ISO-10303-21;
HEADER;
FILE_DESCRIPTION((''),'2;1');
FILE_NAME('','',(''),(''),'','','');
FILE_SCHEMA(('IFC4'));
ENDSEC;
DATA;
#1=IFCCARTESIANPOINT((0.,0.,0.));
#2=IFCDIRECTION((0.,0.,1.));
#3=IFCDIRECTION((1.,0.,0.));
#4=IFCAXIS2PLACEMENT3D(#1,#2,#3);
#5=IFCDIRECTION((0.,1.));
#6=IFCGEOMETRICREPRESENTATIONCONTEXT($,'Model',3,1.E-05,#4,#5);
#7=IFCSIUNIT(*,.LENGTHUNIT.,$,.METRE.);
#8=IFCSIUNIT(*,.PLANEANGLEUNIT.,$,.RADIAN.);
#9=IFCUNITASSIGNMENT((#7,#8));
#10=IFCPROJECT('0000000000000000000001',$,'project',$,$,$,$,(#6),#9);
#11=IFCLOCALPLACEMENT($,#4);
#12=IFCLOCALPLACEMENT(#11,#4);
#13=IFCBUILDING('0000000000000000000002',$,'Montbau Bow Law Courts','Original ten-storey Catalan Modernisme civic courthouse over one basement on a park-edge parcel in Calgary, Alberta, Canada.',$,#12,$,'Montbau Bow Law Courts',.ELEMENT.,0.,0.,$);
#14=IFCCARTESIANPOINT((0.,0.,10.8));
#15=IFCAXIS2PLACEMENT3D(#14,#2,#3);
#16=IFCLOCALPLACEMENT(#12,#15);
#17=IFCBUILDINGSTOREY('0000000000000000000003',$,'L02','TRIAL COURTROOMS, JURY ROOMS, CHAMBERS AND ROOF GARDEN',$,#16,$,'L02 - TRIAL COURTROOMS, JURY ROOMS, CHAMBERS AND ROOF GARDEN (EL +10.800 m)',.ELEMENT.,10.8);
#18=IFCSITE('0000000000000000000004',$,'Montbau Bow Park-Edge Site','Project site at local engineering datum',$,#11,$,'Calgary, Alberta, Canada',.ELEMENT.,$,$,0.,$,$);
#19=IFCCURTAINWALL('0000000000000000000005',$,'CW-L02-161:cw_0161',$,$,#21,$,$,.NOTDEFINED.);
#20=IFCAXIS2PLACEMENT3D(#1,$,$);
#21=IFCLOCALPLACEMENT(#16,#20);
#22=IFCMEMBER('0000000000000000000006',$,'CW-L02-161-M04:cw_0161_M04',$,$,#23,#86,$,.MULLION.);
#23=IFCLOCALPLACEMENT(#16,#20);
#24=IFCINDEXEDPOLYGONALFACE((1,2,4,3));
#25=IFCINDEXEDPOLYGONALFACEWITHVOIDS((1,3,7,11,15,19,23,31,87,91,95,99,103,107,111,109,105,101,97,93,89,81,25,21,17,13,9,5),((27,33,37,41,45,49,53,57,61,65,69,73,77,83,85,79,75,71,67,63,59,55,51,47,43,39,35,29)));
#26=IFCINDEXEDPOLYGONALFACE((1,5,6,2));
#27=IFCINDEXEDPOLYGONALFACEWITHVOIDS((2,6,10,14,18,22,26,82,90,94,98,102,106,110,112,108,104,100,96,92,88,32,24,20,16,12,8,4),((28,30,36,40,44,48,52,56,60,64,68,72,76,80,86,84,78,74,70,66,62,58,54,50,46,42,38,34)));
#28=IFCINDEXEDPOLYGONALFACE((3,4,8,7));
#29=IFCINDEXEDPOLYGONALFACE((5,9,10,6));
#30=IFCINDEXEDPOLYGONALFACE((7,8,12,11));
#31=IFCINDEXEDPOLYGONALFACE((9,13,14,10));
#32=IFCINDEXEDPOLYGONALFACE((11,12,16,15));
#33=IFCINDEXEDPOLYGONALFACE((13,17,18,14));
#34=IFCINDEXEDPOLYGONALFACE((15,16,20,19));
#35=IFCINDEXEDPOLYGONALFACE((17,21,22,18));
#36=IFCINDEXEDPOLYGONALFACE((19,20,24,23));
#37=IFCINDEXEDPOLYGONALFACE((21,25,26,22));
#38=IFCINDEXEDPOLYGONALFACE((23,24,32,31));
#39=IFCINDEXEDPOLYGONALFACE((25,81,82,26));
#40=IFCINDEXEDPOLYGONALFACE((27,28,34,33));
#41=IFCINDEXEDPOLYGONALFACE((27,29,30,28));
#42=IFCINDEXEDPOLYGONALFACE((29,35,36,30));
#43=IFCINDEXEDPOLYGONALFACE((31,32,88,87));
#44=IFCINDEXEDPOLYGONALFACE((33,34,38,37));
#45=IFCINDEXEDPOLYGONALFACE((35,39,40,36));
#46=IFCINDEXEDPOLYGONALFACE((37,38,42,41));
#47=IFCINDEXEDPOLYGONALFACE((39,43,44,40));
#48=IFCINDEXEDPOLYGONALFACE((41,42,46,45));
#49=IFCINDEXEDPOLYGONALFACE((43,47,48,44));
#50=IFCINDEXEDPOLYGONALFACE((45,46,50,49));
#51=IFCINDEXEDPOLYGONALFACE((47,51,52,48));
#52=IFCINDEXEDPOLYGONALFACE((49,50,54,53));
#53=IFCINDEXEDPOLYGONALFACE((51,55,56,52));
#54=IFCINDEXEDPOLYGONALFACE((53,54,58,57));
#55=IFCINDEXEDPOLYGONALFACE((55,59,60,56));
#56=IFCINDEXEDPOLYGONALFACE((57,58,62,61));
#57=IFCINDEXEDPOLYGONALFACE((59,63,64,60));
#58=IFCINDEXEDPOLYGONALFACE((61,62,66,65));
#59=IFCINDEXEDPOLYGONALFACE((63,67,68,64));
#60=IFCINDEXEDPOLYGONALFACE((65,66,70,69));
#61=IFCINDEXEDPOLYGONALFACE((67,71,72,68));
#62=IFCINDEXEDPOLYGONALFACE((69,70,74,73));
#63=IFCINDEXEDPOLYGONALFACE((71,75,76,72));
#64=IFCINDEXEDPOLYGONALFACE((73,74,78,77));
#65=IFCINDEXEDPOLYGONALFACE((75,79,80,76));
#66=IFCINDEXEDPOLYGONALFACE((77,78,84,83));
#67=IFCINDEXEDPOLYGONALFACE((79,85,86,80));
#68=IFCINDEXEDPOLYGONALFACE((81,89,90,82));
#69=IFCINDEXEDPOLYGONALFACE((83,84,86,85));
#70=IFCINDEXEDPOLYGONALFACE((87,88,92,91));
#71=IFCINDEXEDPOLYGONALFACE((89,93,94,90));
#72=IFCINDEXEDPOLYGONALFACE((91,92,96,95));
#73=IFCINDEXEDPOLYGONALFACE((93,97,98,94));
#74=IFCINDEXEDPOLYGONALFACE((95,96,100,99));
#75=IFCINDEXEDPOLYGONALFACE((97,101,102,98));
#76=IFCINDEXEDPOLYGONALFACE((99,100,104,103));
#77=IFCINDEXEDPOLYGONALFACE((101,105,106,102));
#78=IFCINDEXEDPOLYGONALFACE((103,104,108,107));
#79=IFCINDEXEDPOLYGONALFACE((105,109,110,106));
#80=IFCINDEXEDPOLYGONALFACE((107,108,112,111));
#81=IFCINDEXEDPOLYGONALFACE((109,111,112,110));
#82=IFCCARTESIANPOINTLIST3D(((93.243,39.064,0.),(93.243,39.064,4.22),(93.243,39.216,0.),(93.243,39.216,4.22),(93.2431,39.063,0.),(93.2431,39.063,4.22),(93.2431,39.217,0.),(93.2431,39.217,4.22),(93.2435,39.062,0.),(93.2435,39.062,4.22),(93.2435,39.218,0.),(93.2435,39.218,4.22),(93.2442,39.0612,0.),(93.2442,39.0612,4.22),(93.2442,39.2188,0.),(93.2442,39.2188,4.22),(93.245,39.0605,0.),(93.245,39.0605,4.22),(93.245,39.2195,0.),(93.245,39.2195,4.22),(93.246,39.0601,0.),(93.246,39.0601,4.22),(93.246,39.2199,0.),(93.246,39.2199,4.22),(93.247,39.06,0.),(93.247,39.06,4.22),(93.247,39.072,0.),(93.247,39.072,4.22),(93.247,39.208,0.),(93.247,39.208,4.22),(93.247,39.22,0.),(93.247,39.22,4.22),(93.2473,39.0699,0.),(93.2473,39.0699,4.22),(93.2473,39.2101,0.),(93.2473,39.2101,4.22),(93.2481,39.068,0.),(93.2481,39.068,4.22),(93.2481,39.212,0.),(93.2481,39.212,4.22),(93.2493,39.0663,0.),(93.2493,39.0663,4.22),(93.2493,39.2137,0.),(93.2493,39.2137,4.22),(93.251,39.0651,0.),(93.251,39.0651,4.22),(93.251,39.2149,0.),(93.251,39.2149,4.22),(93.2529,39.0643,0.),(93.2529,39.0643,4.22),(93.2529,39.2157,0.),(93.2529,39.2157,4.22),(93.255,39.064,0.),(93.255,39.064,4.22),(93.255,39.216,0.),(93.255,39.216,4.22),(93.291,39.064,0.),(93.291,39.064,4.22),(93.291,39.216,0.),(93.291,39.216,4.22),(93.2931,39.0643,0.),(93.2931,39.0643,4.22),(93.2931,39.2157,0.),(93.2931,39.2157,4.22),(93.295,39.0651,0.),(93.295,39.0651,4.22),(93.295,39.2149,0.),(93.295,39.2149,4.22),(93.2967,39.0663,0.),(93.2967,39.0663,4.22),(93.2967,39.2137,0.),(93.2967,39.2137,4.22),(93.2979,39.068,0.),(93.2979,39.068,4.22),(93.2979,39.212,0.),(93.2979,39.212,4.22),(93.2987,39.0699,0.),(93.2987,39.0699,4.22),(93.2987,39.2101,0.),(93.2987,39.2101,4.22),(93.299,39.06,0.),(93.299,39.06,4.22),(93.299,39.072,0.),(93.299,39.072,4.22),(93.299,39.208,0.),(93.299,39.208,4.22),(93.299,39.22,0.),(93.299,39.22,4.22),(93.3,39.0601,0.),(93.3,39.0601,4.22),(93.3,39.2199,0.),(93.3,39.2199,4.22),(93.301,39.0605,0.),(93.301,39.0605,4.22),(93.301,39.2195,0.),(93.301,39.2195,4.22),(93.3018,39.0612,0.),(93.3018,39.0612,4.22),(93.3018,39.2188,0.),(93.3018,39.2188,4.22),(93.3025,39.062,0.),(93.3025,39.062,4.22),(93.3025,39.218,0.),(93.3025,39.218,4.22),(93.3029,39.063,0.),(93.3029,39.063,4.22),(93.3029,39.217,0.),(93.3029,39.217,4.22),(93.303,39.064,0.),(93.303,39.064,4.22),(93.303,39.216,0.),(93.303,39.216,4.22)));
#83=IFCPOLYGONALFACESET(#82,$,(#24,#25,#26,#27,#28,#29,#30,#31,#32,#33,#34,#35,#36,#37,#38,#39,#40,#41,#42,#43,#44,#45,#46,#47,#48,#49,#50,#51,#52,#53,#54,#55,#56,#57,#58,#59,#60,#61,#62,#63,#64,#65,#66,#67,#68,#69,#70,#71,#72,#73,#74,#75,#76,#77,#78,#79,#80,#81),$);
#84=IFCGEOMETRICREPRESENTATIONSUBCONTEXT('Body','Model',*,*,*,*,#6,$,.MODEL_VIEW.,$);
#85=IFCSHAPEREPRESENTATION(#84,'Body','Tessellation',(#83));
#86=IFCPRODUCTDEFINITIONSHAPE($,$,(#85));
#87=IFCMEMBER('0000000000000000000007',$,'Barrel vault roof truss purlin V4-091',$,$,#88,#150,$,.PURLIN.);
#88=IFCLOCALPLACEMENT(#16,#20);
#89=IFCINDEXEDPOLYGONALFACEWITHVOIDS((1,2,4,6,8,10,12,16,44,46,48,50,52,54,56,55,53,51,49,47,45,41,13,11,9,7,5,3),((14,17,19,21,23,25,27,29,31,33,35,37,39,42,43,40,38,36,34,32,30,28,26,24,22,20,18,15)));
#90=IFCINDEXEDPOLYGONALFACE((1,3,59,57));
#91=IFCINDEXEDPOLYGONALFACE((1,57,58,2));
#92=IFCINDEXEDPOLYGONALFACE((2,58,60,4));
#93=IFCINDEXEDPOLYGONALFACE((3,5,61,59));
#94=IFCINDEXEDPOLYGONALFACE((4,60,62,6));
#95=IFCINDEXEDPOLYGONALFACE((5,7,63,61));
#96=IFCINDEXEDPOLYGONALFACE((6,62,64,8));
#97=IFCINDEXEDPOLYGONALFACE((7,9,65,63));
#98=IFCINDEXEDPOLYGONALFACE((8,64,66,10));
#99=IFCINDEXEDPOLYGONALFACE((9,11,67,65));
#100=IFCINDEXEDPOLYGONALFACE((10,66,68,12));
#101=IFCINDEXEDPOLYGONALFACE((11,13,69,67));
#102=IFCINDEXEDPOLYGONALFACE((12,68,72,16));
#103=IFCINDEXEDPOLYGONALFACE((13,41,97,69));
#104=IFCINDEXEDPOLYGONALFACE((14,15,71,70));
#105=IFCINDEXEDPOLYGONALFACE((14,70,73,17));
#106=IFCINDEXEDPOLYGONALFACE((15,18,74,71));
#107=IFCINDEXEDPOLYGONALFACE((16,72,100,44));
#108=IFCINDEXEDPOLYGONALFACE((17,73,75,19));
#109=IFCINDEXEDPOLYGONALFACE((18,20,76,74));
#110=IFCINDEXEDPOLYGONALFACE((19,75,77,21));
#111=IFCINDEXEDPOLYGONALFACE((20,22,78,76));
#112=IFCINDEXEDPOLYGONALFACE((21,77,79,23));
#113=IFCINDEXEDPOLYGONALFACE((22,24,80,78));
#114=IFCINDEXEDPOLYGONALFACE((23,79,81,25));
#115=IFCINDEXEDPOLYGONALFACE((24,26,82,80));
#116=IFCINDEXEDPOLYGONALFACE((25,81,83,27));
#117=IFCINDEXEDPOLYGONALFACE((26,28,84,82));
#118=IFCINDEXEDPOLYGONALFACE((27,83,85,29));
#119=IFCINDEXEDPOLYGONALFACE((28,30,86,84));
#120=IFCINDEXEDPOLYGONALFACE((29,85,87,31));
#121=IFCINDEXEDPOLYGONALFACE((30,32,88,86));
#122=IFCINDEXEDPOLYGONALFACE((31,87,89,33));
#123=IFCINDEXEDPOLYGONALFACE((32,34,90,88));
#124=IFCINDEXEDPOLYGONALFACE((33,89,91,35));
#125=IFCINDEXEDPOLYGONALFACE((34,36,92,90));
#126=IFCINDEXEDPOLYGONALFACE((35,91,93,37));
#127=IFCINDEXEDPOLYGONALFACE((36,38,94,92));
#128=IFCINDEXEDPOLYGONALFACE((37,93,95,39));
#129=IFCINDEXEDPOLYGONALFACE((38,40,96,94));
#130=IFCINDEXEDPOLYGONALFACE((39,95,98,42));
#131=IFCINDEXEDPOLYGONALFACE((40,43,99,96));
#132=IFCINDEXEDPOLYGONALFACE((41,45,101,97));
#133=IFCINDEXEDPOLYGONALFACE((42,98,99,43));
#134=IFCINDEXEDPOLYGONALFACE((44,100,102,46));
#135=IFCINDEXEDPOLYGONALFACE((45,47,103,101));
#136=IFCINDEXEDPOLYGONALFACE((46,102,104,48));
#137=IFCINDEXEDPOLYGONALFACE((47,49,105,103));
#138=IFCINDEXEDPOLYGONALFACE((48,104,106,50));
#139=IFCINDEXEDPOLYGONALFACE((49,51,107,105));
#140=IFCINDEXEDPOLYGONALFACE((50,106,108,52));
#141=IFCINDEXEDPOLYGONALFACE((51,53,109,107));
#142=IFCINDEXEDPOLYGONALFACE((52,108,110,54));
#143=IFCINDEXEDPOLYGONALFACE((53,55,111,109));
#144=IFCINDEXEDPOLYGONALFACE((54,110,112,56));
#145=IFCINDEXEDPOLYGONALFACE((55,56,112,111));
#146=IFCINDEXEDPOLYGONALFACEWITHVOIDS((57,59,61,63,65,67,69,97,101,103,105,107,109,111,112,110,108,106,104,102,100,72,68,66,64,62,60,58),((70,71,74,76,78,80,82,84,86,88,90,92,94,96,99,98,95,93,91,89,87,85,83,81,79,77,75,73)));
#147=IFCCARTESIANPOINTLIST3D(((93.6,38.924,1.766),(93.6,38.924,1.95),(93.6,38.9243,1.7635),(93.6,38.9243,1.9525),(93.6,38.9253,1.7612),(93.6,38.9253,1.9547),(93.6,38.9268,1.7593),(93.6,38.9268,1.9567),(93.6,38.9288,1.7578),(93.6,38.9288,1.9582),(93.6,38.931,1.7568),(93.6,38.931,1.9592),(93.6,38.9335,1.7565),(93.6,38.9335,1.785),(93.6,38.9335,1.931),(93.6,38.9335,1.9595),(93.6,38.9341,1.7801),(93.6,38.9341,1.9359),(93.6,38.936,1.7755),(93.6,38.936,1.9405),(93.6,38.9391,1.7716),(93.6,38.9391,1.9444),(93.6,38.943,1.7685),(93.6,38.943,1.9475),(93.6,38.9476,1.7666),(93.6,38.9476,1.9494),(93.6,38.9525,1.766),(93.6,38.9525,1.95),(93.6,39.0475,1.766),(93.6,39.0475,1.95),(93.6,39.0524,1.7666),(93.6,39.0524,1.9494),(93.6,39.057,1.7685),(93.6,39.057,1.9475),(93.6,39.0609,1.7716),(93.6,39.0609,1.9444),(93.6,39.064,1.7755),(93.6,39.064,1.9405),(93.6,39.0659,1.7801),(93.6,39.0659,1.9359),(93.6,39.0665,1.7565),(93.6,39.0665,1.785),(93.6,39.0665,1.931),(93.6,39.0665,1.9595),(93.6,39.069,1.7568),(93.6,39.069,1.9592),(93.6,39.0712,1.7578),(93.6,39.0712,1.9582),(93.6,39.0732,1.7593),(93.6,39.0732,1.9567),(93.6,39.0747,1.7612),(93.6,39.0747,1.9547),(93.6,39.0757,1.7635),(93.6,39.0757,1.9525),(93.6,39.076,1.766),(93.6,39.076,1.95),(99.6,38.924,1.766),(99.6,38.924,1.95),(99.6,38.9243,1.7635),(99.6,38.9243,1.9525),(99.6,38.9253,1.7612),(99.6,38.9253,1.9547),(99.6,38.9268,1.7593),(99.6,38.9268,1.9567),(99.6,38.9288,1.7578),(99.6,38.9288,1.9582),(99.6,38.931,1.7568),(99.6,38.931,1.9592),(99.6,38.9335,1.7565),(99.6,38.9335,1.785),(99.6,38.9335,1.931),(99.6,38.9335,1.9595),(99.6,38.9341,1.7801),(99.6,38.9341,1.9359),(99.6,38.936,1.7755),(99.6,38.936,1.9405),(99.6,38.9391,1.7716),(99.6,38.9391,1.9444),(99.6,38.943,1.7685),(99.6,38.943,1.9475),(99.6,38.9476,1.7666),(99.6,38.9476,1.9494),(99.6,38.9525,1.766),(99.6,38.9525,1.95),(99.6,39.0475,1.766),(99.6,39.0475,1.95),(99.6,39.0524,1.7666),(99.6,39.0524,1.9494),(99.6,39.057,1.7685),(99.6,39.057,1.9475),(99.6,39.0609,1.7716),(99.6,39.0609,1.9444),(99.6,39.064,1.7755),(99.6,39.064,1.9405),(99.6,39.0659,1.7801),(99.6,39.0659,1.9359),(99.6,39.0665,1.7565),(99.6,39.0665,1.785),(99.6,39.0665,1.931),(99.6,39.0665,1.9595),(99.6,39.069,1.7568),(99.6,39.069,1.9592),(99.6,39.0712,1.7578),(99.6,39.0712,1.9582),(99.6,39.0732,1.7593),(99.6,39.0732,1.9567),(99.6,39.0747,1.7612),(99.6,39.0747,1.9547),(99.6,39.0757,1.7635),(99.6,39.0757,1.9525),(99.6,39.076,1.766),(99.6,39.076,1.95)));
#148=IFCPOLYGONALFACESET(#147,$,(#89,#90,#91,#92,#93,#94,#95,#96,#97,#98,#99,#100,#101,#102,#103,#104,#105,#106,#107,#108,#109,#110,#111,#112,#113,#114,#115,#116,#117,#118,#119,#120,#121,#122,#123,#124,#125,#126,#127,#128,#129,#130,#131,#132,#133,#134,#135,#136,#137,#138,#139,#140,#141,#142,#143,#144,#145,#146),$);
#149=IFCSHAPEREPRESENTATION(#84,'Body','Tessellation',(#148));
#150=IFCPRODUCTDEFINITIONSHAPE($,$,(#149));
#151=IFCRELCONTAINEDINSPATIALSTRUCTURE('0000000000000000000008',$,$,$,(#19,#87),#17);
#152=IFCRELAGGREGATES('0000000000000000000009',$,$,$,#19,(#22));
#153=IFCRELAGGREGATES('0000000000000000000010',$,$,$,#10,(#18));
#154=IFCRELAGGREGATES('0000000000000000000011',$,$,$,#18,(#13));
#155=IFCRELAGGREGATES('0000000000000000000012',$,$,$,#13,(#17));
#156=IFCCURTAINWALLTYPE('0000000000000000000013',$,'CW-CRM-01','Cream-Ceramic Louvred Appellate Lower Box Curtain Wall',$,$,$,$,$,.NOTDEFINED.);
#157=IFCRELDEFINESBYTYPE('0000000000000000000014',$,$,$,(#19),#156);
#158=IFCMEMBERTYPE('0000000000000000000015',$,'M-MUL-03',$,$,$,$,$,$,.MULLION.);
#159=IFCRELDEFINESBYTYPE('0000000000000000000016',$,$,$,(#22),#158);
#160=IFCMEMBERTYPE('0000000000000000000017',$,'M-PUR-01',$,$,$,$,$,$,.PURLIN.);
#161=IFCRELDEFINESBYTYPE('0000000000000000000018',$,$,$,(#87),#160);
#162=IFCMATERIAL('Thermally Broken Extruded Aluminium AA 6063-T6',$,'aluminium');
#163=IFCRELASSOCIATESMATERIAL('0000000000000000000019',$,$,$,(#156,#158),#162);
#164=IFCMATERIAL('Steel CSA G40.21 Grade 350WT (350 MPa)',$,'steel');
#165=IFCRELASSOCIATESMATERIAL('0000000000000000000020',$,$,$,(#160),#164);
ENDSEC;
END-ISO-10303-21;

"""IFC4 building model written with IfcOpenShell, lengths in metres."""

from ifc_helpers import new_model, si_unit, direction, frame, origin_with_axes, origin_2d_with_axis, place, context, subcontext, project, spatial, hollow_rectangle, extrude, material, material_profile, profile_set, type_object, element, aggregate, save


model = new_model("IFC4")

# Units and contexts
model_context = context("Model", 3, precision=1e-05, world=origin_with_axes(), true_north=direction((0.0, 1.0)))
body_context = subcontext(model_context, "Body", "Model", "MODEL_VIEW")
ifc_project = project(units=[si_unit("LENGTHUNIT", "METRE"), si_unit("PLANEANGLEUNIT", "RADIAN")], contexts=[model_context])

# Site, building, storey
site_placement = place(None, origin_with_axes())
site = spatial("IfcSite", under=ifc_project, at=site_placement, Name="Montbau Bow Park-Edge Site", Description="Project site at local engineering datum", LongName="Calgary, Alberta, Canada", CompositionType="ELEMENT", RefElevation=0.0)
building_placement = place(site_placement, origin_with_axes())
building = spatial("IfcBuilding", under=site, at=building_placement, Name="Montbau Bow Law Courts", Description="Original ten-storey Catalan Modernisme civic courthouse over one basement on a park-edge parcel in Calgary, Alberta, Canada.", LongName="Montbau Bow Law Courts", CompositionType="ELEMENT", ElevationOfRefHeight=0.0, ElevationOfTerrain=0.0)
storey_placement = place(building_placement, frame((0.0, 0.0, 10.8), z_axis=(0.0, 0.0, 1.0), x_axis=(1.0, 0.0, 0.0)))
storey = spatial("IfcBuildingStorey", under=building, at=storey_placement, Name="L02", Description="TRIAL COURTROOMS, JURY ROOMS, CHAMBERS AND ROOF GARDEN", LongName="L02 - TRIAL COURTROOMS, JURY ROOMS, CHAMBERS AND ROOF GARDEN (EL +10.800 m)", CompositionType="ELEMENT", Elevation=10.8)

# Shared definitions
ifc_material_1 = material(Name="Thermally Broken Extruded Aluminium AA 6063-T6", Category="aluminium")
curtain_wall_type = type_object("IfcCurtainWallType", Name="CW-CRM-01", Description="Cream-Ceramic Louvred Appellate Lower Box Curtain Wall", PredefinedType="NOTDEFINED", material=ifc_material_1)

# Curtain wall, member
curtain_wall_1_placement = place(None, frame((89.315, 39.14, 10.8), z_axis=(0.0, 0.0, 1.0), x_axis=(1.0, 0.0, 0.0)))
curtain_wall_1 = element("IfcCurtainWall", 1, at=curtain_wall_1_placement, inside=storey, type_object=curtain_wall_type, Name="CW-L02-161:cw_0161", PredefinedType="NOTDEFINED")
ifc_material_profile_1 = material_profile(ifc_material_1, hollow_rectangle(XDim=0.06, YDim=0.16, WallThickness=0.004, InnerFilletRadius=0.008, OuterFilletRadius=0.004, at=origin_2d_with_axis()), Name="CWM-160X60", Category="Main", Priority=0)
ifc_profile_set_1 = profile_set([ifc_material_profile_1], Name="Thermally Broken Extruded Aluminium AA 6063-T6")
member_type_1 = type_object("IfcMemberType", Name="M-MUL-03", PredefinedType="MULLION", material=ifc_profile_set_1)
member_1_placement = place(None, frame((93.273, 39.14, 10.8), z_axis=(0.0, 0.0, 1.0), x_axis=(1.0, 0.0, 0.0)))
member_1 = element("IfcMember", 2, at=member_1_placement, type_object=member_type_1, Name="CW-L02-161-M04:cw_0161_M04", PredefinedType="MULLION", context=body_context, shape_type="SweptSolid", body=[
    extrude(hollow_rectangle(XDim=0.06, YDim=0.16, WallThickness=0.004, InnerFilletRadius=0.008, OuterFilletRadius=0.004, at=origin_2d_with_axis()), origin_with_axes(), (0.0, 0.0, 1.0), 4.22),
])

# Member
ifc_material_2 = material(Name="Steel CSA G40.21 Grade 350WT (350 MPa)", Category="steel")
ifc_material_profile_2 = material_profile(ifc_material_2, hollow_rectangle(XDim=0.152, YDim=0.203, WallThickness=0.0095, InnerFilletRadius=0.019, OuterFilletRadius=0.0095, at=origin_2d_with_axis()), Name="HSS203X152X9.5", Category="Main", Priority=0)
ifc_profile_set_2 = profile_set([ifc_material_profile_2], Name="Steel CSA G40.21 Grade 350WT (350 MPa)")
member_type_2 = type_object("IfcMemberType", Name="M-PUR-01", PredefinedType="PURLIN", material=ifc_profile_set_2)
member_2_placement = place(None, frame((93.6, 39.0, 12.658), z_axis=(1.0, 0.0, 0.0), x_axis=(0.0, 1.0, 0.0)))
element("IfcMember", 3, at=member_2_placement, inside=storey, type_object=member_type_2, Name="Barrel vault roof truss purlin V4-091", PredefinedType="PURLIN", context=body_context, shape_type="SweptSolid", body=[
    extrude(hollow_rectangle(XDim=0.152, YDim=0.203, WallThickness=0.0095, InnerFilletRadius=0.019, OuterFilletRadius=0.0095, at=origin_2d_with_axis()), origin_with_axes(), (0.0, 0.0, 1.0), 6.0),
])

aggregate(curtain_wall_1, [member_1])

save(model, "model.ifc")
